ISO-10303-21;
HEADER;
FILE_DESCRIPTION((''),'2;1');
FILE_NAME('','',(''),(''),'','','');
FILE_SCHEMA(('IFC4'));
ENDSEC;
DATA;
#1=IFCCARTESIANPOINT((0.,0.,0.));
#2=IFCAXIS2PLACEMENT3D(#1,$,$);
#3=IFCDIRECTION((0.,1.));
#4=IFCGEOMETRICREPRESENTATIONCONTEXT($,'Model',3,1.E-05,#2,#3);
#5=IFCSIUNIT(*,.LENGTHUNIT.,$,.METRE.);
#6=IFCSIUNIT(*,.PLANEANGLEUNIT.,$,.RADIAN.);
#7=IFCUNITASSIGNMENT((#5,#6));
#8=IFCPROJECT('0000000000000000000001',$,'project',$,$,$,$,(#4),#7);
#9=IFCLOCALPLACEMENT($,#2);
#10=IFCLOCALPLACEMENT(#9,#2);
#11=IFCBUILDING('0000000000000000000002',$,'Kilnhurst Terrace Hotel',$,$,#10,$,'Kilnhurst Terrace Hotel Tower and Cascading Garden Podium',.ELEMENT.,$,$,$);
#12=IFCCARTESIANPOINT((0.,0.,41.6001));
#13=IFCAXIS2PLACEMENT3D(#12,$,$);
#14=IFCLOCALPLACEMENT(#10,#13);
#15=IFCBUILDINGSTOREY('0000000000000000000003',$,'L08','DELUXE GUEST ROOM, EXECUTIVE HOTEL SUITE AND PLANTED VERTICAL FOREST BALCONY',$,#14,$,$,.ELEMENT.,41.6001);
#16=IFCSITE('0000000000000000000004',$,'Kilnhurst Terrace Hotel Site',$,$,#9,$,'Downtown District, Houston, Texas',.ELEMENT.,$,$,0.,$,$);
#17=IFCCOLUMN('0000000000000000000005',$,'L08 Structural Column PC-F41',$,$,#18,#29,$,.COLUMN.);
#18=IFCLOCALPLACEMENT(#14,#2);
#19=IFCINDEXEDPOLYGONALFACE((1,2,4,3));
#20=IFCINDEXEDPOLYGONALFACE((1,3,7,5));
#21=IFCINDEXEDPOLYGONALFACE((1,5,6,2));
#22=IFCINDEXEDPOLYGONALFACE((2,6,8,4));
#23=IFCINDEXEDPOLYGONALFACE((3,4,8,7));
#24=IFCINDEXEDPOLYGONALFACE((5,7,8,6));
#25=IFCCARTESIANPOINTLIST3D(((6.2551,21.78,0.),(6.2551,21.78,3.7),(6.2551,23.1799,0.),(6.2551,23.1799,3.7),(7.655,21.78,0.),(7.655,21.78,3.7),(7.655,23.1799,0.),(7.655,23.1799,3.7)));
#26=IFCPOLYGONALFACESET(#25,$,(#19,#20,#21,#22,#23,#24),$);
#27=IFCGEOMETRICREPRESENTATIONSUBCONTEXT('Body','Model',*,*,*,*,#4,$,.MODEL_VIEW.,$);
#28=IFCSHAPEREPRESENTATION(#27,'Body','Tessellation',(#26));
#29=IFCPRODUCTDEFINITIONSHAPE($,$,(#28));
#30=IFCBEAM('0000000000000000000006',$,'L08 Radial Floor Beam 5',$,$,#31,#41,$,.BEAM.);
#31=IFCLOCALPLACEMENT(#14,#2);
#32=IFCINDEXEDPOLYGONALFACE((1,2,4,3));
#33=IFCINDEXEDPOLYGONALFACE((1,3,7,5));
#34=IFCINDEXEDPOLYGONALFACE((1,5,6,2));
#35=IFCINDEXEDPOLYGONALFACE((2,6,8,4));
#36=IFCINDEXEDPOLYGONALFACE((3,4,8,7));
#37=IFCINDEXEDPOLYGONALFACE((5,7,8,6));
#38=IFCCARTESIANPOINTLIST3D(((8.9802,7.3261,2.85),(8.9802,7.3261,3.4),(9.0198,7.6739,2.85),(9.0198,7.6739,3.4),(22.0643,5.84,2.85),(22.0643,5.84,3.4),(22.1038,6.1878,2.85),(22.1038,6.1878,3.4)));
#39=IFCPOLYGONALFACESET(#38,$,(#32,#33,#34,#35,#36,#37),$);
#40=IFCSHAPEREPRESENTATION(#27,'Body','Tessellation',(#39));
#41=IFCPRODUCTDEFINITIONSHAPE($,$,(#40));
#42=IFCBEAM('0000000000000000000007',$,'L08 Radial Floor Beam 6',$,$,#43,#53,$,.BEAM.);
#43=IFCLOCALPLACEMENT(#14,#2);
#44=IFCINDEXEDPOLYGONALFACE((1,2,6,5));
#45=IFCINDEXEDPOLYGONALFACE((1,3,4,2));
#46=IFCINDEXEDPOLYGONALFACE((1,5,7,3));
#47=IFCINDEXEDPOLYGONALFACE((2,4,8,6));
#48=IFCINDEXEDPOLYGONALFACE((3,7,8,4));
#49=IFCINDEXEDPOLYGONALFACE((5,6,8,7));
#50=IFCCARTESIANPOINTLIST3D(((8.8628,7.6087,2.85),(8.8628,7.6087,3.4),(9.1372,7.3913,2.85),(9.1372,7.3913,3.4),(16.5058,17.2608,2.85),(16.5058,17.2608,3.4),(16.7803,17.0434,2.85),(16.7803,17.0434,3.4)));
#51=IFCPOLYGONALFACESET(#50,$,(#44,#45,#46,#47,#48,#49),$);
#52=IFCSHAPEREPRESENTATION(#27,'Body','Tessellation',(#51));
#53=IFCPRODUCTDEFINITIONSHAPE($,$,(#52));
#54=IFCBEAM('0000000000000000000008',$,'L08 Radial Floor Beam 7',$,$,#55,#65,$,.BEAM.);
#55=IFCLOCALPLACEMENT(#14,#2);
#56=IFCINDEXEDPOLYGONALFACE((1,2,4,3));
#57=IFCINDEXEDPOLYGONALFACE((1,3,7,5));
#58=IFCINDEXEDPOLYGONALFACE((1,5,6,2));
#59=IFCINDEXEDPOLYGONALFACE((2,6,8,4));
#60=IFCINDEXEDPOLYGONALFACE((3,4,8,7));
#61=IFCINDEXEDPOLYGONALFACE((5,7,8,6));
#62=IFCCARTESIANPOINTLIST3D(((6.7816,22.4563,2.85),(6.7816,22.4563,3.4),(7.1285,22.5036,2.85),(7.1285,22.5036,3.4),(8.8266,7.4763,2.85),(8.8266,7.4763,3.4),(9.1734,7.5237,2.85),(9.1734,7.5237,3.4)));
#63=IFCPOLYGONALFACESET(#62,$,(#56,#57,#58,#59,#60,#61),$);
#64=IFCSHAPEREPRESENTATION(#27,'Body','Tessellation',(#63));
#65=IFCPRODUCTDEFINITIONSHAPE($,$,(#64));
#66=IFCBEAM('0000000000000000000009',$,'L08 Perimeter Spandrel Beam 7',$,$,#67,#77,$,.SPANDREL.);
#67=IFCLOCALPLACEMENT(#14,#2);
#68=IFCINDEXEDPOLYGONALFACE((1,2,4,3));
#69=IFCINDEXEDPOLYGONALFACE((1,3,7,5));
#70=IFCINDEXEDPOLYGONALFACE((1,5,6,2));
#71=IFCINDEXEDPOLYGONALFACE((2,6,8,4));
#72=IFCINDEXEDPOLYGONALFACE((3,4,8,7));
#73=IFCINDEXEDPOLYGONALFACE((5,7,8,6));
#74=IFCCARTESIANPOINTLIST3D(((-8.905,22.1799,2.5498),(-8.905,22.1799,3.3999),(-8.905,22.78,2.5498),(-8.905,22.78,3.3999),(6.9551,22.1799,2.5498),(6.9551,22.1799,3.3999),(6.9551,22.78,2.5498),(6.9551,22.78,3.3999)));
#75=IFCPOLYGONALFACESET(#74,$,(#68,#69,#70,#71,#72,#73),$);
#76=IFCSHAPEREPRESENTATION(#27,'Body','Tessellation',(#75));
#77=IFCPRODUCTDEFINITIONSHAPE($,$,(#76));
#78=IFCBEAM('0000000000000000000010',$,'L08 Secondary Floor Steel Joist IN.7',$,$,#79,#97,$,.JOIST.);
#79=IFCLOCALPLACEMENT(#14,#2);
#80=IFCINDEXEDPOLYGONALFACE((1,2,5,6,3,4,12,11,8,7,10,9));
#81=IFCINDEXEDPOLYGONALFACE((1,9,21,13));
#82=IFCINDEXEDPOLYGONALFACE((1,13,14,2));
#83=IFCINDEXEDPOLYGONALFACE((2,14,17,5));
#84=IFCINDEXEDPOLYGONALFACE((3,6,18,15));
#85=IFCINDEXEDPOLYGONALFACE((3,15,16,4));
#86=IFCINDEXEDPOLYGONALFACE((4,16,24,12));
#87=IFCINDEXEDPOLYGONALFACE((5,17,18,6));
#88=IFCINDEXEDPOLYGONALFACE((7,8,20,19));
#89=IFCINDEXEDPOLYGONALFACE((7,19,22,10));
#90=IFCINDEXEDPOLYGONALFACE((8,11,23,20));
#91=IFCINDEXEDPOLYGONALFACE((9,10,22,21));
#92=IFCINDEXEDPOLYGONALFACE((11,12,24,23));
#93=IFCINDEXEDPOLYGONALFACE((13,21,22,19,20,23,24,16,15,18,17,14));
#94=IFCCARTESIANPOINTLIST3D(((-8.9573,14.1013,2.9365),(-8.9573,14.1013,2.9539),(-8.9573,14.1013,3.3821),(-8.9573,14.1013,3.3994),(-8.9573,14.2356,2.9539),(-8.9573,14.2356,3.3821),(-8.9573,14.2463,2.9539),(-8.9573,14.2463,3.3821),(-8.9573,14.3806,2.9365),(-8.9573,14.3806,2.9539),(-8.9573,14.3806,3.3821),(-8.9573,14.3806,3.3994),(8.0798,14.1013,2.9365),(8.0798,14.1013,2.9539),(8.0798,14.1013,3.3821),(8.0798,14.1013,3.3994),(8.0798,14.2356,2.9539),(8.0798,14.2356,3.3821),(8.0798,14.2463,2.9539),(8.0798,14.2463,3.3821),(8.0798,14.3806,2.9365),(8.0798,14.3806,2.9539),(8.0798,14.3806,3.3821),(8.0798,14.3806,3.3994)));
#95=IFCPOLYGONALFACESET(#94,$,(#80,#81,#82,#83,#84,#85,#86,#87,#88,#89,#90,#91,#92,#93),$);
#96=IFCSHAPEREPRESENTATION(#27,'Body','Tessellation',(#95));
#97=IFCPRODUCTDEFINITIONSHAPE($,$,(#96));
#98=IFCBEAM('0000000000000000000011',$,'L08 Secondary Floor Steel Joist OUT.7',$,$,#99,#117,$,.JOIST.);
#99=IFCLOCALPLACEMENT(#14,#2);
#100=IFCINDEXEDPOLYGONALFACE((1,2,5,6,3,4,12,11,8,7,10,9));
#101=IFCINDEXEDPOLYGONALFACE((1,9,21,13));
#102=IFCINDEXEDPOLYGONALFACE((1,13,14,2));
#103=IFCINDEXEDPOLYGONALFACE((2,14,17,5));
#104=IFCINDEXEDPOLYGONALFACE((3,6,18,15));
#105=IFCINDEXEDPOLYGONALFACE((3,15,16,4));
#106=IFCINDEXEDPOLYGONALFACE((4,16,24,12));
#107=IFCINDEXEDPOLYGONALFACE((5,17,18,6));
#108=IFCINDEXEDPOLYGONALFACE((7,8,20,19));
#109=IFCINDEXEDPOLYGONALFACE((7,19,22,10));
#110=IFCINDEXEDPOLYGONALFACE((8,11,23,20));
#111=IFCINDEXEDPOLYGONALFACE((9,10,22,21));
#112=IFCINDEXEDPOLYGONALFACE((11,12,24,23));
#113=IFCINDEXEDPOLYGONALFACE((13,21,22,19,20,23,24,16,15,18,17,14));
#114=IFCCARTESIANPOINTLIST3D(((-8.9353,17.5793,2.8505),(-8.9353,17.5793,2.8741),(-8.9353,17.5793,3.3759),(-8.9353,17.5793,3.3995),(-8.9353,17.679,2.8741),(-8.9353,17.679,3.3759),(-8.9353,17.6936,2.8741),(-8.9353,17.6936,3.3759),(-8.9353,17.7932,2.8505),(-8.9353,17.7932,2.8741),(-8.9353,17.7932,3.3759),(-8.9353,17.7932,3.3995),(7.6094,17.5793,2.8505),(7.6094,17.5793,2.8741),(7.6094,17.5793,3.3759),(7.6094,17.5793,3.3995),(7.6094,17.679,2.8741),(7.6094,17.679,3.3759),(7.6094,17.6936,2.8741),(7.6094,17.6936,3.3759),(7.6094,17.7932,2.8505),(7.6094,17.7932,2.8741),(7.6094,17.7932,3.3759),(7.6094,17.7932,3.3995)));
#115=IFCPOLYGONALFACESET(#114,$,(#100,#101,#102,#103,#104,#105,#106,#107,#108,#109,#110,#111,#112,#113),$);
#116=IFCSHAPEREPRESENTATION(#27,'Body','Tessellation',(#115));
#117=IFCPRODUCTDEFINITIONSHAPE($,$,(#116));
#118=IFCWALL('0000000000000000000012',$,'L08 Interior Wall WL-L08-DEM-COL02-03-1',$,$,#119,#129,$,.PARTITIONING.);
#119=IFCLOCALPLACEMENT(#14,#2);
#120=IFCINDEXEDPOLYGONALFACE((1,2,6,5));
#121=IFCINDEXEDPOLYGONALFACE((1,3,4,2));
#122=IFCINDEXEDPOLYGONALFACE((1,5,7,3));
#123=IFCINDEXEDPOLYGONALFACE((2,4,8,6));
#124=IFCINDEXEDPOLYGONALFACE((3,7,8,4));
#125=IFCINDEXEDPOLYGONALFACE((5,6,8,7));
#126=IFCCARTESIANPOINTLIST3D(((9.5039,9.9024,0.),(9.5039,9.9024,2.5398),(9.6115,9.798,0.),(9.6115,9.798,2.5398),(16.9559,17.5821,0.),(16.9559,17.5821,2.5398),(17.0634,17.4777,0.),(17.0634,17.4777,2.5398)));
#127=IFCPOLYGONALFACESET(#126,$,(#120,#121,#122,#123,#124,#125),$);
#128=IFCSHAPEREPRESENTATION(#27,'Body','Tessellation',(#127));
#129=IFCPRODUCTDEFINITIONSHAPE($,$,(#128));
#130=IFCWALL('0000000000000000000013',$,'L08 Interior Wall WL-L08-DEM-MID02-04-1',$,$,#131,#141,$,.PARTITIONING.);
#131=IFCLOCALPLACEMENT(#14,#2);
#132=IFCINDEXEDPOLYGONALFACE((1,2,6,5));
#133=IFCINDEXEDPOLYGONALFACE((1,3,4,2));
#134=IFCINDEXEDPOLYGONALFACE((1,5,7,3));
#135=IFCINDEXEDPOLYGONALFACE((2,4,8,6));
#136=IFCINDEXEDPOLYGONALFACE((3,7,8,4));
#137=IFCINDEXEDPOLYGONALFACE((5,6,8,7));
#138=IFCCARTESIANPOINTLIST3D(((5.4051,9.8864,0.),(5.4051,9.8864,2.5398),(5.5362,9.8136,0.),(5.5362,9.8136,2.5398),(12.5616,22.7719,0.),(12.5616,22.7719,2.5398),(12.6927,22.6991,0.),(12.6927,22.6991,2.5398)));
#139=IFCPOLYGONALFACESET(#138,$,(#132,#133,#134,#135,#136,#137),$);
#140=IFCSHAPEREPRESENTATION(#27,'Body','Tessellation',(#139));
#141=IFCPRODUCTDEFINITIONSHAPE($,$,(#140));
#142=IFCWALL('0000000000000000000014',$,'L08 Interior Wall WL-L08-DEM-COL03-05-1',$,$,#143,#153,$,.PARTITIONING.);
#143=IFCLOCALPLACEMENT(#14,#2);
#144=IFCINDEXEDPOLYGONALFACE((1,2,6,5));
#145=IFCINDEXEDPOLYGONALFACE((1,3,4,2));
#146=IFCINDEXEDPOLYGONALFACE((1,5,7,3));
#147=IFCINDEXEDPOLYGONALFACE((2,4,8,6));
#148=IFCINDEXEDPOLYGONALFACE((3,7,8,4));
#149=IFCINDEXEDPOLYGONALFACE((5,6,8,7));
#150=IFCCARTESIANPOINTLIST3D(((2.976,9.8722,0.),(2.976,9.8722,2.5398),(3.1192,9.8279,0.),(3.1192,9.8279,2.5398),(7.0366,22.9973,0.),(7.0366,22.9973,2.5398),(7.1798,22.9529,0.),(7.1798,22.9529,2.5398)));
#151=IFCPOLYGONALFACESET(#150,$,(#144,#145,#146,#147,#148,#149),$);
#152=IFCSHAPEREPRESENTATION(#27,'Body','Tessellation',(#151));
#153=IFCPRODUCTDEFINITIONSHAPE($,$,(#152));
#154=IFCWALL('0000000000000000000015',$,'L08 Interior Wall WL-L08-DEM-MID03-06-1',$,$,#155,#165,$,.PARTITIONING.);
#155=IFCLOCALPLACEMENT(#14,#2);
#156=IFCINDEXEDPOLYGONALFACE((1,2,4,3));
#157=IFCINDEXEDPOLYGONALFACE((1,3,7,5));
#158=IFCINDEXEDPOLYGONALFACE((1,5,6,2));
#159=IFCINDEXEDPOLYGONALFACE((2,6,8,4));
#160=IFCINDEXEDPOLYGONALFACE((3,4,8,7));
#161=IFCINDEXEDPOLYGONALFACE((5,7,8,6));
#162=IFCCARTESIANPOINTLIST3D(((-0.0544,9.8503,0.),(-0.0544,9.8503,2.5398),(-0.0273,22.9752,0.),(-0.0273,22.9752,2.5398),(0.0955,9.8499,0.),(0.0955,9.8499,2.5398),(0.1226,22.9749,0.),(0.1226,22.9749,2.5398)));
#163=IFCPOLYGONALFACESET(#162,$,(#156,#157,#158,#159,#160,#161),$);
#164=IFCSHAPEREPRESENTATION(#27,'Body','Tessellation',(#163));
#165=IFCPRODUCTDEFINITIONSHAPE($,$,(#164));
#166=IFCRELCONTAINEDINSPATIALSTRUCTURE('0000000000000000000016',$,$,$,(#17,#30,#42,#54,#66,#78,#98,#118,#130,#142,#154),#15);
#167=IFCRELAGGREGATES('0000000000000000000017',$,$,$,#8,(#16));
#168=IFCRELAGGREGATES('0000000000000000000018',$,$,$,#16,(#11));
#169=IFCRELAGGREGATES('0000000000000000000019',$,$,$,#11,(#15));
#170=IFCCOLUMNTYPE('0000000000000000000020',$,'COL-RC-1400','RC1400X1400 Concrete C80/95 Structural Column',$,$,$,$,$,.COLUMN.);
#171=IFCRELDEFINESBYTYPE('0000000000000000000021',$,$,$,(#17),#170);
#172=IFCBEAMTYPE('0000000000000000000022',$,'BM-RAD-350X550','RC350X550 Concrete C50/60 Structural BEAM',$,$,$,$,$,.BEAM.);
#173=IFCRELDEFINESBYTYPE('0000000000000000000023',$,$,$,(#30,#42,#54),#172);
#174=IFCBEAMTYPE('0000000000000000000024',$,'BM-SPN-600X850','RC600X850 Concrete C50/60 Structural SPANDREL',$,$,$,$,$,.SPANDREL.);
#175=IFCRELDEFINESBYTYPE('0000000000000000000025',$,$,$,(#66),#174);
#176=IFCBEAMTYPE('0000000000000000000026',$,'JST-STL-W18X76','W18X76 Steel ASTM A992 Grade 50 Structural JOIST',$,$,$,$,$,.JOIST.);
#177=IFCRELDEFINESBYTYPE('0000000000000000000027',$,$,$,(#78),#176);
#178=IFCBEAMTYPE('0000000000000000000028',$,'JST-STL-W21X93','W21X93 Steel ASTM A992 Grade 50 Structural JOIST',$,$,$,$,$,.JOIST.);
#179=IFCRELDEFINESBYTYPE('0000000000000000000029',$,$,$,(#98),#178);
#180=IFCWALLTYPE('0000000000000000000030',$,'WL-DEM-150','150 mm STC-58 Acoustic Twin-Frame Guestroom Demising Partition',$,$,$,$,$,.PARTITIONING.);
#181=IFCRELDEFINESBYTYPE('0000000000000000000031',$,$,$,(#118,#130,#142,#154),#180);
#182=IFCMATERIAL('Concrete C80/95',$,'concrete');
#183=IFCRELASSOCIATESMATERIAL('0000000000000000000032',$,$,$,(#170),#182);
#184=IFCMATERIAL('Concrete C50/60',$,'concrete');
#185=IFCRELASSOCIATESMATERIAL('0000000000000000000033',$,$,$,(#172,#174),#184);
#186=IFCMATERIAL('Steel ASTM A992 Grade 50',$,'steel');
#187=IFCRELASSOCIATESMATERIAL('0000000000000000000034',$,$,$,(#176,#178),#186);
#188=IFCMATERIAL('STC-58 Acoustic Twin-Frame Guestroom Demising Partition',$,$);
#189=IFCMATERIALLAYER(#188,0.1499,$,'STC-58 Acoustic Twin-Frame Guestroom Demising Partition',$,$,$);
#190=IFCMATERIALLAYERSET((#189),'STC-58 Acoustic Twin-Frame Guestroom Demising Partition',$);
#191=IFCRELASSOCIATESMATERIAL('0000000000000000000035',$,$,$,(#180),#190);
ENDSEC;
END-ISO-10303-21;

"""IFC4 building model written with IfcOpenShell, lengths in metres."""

from ifc_helpers import new_model, si_unit, direction, frame, frame_2d, origin, origin_2d, place, context, subcontext, project, spatial, rectangle, i_section, extrude, material, layer, layer_set, material_profile, profile_set, type_object, element, save


model = new_model("IFC4")

# Units and contexts
model_context = context("Model", 3, precision=1e-05, world=origin(), true_north=direction((0.0, 1.0)))
body_context = subcontext(model_context, "Body", "Model", "MODEL_VIEW")
ifc_project = project(units=[si_unit("LENGTHUNIT", "METRE"), si_unit("PLANEANGLEUNIT", "RADIAN")], contexts=[model_context])

# Site, building, storey
site_placement = place(None, origin())
site = spatial("IfcSite", under=ifc_project, at=site_placement, Name="Kilnhurst Terrace Hotel Site", LongName="Downtown District, Houston, Texas", CompositionType="ELEMENT", RefElevation=0.0)
building_placement = place(site_placement, origin())
building = spatial("IfcBuilding", under=site, at=building_placement, Name="Kilnhurst Terrace Hotel", LongName="Kilnhurst Terrace Hotel Tower and Cascading Garden Podium", CompositionType="ELEMENT")
storey_placement = place(building_placement, frame((0.0, 0.0, 41.6001)))
storey = spatial("IfcBuildingStorey", under=building, at=storey_placement, Name="L08", Description="DELUXE GUEST ROOM, EXECUTIVE HOTEL SUITE AND PLANTED VERTICAL FOREST BALCONY", CompositionType="ELEMENT", Elevation=41.6001)

# Column
ifc_material_1 = material(Name="Concrete C80/95", Category="concrete")
ifc_material_profile_1 = material_profile(ifc_material_1, rectangle(XDim=1.3999, YDim=1.3999, at=origin_2d()), Name="RC1400X1400")
ifc_profile_set_1 = profile_set([ifc_material_profile_1], Name="Concrete C80/95")
column_type = type_object("IfcColumnType", Name="COL-RC-1400", Description="RC1400X1400 Concrete C80/95 Structural Column", PredefinedType="COLUMN", material=ifc_profile_set_1)
column_placement = place(storey_placement, frame((6.9551, 22.48, 0.0), z_axis=(0.0, 0.0, 1.0), x_axis=(1.0, 0.0, 0.0)))
element("IfcColumn", 1, at=column_placement, inside=storey, type_object=column_type, Name="L08 Structural Column PC-F41", PredefinedType="COLUMN", context=body_context, shape_type="SweptSolid", body=[
    extrude(rectangle(XDim=1.3999, YDim=1.3999, at=origin_2d()), origin(), (0.0, 0.0, 1.0), 3.7),
])

# Beams
ifc_material_2 = material(Name="Concrete C50/60", Category="concrete")
ifc_material_profile_2 = material_profile(ifc_material_2, rectangle(XDim=0.3501, YDim=0.55, at=origin_2d()), Name="RC350X550")
ifc_profile_set_2 = profile_set([ifc_material_profile_2], Name="Concrete C50/60")
beam_type_1 = type_object("IfcBeamType", Name="BM-RAD-350X550", Description="RC350X550 Concrete C50/60 Structural BEAM", PredefinedType="BEAM", material=ifc_profile_set_2)
beam_1_placement = place(storey_placement, frame((9.0, 7.5, 3.125), z_axis=(0.993611, -0.112855, 0.0), x_axis=(0.112855, 0.993611, 0.0)))
element("IfcBeam", 2, at=beam_1_placement, inside=storey, type_object=beam_type_1, Name="L08 Radial Floor Beam 5", PredefinedType="BEAM", context=body_context, shape_type="SweptSolid", body=[
    extrude(rectangle(XDim=0.3501, YDim=0.55, at=origin_2d()), origin(), (0.0, 0.0, 1.0), 13.1682),
])
beam_2_placement = place(storey_placement, frame((9.0, 7.5, 3.125), z_axis=(0.620794, 0.783974, 0.0), x_axis=(-0.783974, 0.620794, 0.0)))
element("IfcBeam", 3, at=beam_2_placement, inside=storey, type_object=beam_type_1, Name="L08 Radial Floor Beam 6", PredefinedType="BEAM", context=body_context, shape_type="SweptSolid", body=[
    extrude(rectangle(XDim=0.3501, YDim=0.55, at=origin_2d()), origin(), (0.0, 0.0, 1.0), 12.3118),
])
beam_3_placement = place(storey_placement, frame((9.0, 7.5, 3.125), z_axis=(-0.135256, 0.990811, 0.0), x_axis=(-0.990811, -0.135256, 0.0)))
element("IfcBeam", 4, at=beam_3_placement, inside=storey, type_object=beam_type_1, Name="L08 Radial Floor Beam 7", PredefinedType="BEAM", context=body_context, shape_type="SweptSolid", body=[
    extrude(rectangle(XDim=0.3501, YDim=0.55, at=origin_2d()), origin(), (0.0, 0.0, 1.0), 15.1189),
])
ifc_material_profile_3 = material_profile(ifc_material_2, rectangle(XDim=0.6001, YDim=0.8501, at=origin_2d()), Name="RC600X850")
ifc_profile_set_3 = profile_set([ifc_material_profile_3], Name="Concrete C50/60")
beam_type_2 = type_object("IfcBeamType", Name="BM-SPN-600X850", Description="RC600X850 Concrete C50/60 Structural SPANDREL", PredefinedType="SPANDREL", material=ifc_profile_set_3)
beam_4_placement = place(storey_placement, frame((6.9551, 22.48, 2.9749), z_axis=(-1.0, 0.0, 0.0), x_axis=(0.0, -1.0, 0.0)))
element("IfcBeam", 5, at=beam_4_placement, inside=storey, type_object=beam_type_2, Name="L08 Perimeter Spandrel Beam 7", PredefinedType="SPANDREL", context=body_context, shape_type="SweptSolid", body=[
    extrude(rectangle(XDim=0.6001, YDim=0.8501, at=origin_2d()), origin(), (0.0, 0.0, 1.0), 15.8601),
])
ifc_material_3 = material(Name="Steel ASTM A992 Grade 50", Category="steel")
ifc_material_profile_4 = material_profile(ifc_material_3, i_section(OverallWidth=0.2793, OverallDepth=0.4629, WebThickness=0.0107, FlangeThickness=0.0173, at=origin_2d()), Name="W18X76")
ifc_profile_set_4 = profile_set([ifc_material_profile_4], Name="Steel ASTM A992 Grade 50")
beam_type_3 = type_object("IfcBeamType", Name="JST-STL-W18X76", Description="W18X76 Steel ASTM A992 Grade 50 Structural JOIST", PredefinedType="JOIST", material=ifc_profile_set_4)
beam_5_placement = place(storey_placement, frame((8.0798, 14.241, 3.168), z_axis=(-1.0, 0.0, 0.0), x_axis=(0.0, -1.0, 0.0)))
element("IfcBeam", 6, at=beam_5_placement, inside=storey, type_object=beam_type_3, Name="L08 Secondary Floor Steel Joist IN.7", PredefinedType="JOIST", context=body_context, shape_type="SweptSolid", body=[
    extrude(i_section(OverallWidth=0.2793, OverallDepth=0.4629, WebThickness=0.0107, FlangeThickness=0.0173, at=origin_2d()), origin(), (0.0, 0.0, 1.0), 17.0371),
])
ifc_material_profile_5 = material_profile(ifc_material_3, i_section(OverallWidth=0.2139, OverallDepth=0.5491, WebThickness=0.0146, FlangeThickness=0.0237, at=origin_2d()), Name="W21X93")
ifc_profile_set_5 = profile_set([ifc_material_profile_5], Name="Steel ASTM A992 Grade 50")
beam_type_4 = type_object("IfcBeamType", Name="JST-STL-W21X93", Description="W21X93 Steel ASTM A992 Grade 50 Structural JOIST", PredefinedType="JOIST", material=ifc_profile_set_5)
beam_6_placement = place(storey_placement, frame((7.6094, 17.6863, 3.125), z_axis=(-1.0, 0.0, 0.0), x_axis=(0.0, -1.0, 0.0)))
element("IfcBeam", 7, at=beam_6_placement, inside=storey, type_object=beam_type_4, Name="L08 Secondary Floor Steel Joist OUT.7", PredefinedType="JOIST", context=body_context, shape_type="SweptSolid", body=[
    extrude(i_section(OverallWidth=0.2139, OverallDepth=0.5491, WebThickness=0.0146, FlangeThickness=0.0237, at=origin_2d()), origin(), (0.0, 0.0, 1.0), 16.5447),
])

# Walls
ifc_material_4 = material(Name="STC-58 Acoustic Twin-Frame Guestroom Demising Partition")
ifc_layer_1 = layer(ifc_material_4, 0.1499, Name="STC-58 Acoustic Twin-Frame Guestroom Demising Partition")
ifc_layer_set_1 = layer_set([ifc_layer_1], Name="STC-58 Acoustic Twin-Frame Guestroom Demising Partition")
wall_type_1 = type_object("IfcWallType", Name="WL-DEM-150", Description="150 mm STC-58 Acoustic Twin-Frame Guestroom Demising Partition", PredefinedType="PARTITIONING", material=ifc_layer_set_1)
wall_1_placement = place(storey_placement, frame((9.5576, 9.8501, 0.0), z_axis=(0.0, 0.0, 1.0), x_axis=(0.696383, 0.71767, 0.0)))
element("IfcWall", 8, at=wall_1_placement, inside=storey, type_object=wall_type_1, Name="L08 Interior Wall WL-L08-DEM-COL02-03-1", PredefinedType="PARTITIONING", context=body_context, shape_type="SweptSolid", body=[
    extrude(rectangle(XDim=10.7009, YDim=0.1499, at=frame_2d((5.3506, 0.0))), origin(), (0.0, 0.0, 1.0), 2.5398),
])
wall_2_placement = place(storey_placement, frame((5.4707, 9.8501, 0.0), z_axis=(0.0, 0.0, 1.0), x_axis=(0.485533, 0.874218, 0.0)))
element("IfcWall", 9, at=wall_2_placement, inside=storey, type_object=wall_type_1, Name="L08 Interior Wall WL-L08-DEM-MID02-04-1", PredefinedType="PARTITIONING", context=body_context, shape_type="SweptSolid", body=[
    extrude(rectangle(XDim=14.7395, YDim=0.1499, at=frame_2d((7.3696, 0.0))), origin(), (0.0, 0.0, 1.0), 2.5398),
])
wall_3_placement = place(storey_placement, frame((3.0476, 9.8501, 0.0), z_axis=(0.0, 0.0, 1.0), x_axis=(0.295554, 0.955326, 0.0)))
element("IfcWall", 10, at=wall_3_placement, inside=storey, type_object=wall_type_1, Name="L08 Interior Wall WL-L08-DEM-COL03-05-1", PredefinedType="PARTITIONING", context=body_context, shape_type="SweptSolid", body=[
    extrude(rectangle(XDim=13.7388, YDim=0.1499, at=frame_2d((6.8694, 0.0))), origin(), (0.0, 0.0, 1.0), 2.5398),
])
wall_4_placement = place(storey_placement, frame((0.0205, 9.8501, 0.0), z_axis=(0.0, 0.0, 1.0), x_axis=(0.002065, 0.999998, 0.0)))
element("IfcWall", 11, at=wall_4_placement, inside=storey, type_object=wall_type_1, Name="L08 Interior Wall WL-L08-DEM-MID03-06-1", PredefinedType="PARTITIONING", context=body_context, shape_type="SweptSolid", body=[
    extrude(rectangle(XDim=13.125, YDim=0.1499, at=frame_2d((6.5625, 0.0))), origin(), (0.0, 0.0, 1.0), 2.5398),
])

save(model, "model.ifc")
